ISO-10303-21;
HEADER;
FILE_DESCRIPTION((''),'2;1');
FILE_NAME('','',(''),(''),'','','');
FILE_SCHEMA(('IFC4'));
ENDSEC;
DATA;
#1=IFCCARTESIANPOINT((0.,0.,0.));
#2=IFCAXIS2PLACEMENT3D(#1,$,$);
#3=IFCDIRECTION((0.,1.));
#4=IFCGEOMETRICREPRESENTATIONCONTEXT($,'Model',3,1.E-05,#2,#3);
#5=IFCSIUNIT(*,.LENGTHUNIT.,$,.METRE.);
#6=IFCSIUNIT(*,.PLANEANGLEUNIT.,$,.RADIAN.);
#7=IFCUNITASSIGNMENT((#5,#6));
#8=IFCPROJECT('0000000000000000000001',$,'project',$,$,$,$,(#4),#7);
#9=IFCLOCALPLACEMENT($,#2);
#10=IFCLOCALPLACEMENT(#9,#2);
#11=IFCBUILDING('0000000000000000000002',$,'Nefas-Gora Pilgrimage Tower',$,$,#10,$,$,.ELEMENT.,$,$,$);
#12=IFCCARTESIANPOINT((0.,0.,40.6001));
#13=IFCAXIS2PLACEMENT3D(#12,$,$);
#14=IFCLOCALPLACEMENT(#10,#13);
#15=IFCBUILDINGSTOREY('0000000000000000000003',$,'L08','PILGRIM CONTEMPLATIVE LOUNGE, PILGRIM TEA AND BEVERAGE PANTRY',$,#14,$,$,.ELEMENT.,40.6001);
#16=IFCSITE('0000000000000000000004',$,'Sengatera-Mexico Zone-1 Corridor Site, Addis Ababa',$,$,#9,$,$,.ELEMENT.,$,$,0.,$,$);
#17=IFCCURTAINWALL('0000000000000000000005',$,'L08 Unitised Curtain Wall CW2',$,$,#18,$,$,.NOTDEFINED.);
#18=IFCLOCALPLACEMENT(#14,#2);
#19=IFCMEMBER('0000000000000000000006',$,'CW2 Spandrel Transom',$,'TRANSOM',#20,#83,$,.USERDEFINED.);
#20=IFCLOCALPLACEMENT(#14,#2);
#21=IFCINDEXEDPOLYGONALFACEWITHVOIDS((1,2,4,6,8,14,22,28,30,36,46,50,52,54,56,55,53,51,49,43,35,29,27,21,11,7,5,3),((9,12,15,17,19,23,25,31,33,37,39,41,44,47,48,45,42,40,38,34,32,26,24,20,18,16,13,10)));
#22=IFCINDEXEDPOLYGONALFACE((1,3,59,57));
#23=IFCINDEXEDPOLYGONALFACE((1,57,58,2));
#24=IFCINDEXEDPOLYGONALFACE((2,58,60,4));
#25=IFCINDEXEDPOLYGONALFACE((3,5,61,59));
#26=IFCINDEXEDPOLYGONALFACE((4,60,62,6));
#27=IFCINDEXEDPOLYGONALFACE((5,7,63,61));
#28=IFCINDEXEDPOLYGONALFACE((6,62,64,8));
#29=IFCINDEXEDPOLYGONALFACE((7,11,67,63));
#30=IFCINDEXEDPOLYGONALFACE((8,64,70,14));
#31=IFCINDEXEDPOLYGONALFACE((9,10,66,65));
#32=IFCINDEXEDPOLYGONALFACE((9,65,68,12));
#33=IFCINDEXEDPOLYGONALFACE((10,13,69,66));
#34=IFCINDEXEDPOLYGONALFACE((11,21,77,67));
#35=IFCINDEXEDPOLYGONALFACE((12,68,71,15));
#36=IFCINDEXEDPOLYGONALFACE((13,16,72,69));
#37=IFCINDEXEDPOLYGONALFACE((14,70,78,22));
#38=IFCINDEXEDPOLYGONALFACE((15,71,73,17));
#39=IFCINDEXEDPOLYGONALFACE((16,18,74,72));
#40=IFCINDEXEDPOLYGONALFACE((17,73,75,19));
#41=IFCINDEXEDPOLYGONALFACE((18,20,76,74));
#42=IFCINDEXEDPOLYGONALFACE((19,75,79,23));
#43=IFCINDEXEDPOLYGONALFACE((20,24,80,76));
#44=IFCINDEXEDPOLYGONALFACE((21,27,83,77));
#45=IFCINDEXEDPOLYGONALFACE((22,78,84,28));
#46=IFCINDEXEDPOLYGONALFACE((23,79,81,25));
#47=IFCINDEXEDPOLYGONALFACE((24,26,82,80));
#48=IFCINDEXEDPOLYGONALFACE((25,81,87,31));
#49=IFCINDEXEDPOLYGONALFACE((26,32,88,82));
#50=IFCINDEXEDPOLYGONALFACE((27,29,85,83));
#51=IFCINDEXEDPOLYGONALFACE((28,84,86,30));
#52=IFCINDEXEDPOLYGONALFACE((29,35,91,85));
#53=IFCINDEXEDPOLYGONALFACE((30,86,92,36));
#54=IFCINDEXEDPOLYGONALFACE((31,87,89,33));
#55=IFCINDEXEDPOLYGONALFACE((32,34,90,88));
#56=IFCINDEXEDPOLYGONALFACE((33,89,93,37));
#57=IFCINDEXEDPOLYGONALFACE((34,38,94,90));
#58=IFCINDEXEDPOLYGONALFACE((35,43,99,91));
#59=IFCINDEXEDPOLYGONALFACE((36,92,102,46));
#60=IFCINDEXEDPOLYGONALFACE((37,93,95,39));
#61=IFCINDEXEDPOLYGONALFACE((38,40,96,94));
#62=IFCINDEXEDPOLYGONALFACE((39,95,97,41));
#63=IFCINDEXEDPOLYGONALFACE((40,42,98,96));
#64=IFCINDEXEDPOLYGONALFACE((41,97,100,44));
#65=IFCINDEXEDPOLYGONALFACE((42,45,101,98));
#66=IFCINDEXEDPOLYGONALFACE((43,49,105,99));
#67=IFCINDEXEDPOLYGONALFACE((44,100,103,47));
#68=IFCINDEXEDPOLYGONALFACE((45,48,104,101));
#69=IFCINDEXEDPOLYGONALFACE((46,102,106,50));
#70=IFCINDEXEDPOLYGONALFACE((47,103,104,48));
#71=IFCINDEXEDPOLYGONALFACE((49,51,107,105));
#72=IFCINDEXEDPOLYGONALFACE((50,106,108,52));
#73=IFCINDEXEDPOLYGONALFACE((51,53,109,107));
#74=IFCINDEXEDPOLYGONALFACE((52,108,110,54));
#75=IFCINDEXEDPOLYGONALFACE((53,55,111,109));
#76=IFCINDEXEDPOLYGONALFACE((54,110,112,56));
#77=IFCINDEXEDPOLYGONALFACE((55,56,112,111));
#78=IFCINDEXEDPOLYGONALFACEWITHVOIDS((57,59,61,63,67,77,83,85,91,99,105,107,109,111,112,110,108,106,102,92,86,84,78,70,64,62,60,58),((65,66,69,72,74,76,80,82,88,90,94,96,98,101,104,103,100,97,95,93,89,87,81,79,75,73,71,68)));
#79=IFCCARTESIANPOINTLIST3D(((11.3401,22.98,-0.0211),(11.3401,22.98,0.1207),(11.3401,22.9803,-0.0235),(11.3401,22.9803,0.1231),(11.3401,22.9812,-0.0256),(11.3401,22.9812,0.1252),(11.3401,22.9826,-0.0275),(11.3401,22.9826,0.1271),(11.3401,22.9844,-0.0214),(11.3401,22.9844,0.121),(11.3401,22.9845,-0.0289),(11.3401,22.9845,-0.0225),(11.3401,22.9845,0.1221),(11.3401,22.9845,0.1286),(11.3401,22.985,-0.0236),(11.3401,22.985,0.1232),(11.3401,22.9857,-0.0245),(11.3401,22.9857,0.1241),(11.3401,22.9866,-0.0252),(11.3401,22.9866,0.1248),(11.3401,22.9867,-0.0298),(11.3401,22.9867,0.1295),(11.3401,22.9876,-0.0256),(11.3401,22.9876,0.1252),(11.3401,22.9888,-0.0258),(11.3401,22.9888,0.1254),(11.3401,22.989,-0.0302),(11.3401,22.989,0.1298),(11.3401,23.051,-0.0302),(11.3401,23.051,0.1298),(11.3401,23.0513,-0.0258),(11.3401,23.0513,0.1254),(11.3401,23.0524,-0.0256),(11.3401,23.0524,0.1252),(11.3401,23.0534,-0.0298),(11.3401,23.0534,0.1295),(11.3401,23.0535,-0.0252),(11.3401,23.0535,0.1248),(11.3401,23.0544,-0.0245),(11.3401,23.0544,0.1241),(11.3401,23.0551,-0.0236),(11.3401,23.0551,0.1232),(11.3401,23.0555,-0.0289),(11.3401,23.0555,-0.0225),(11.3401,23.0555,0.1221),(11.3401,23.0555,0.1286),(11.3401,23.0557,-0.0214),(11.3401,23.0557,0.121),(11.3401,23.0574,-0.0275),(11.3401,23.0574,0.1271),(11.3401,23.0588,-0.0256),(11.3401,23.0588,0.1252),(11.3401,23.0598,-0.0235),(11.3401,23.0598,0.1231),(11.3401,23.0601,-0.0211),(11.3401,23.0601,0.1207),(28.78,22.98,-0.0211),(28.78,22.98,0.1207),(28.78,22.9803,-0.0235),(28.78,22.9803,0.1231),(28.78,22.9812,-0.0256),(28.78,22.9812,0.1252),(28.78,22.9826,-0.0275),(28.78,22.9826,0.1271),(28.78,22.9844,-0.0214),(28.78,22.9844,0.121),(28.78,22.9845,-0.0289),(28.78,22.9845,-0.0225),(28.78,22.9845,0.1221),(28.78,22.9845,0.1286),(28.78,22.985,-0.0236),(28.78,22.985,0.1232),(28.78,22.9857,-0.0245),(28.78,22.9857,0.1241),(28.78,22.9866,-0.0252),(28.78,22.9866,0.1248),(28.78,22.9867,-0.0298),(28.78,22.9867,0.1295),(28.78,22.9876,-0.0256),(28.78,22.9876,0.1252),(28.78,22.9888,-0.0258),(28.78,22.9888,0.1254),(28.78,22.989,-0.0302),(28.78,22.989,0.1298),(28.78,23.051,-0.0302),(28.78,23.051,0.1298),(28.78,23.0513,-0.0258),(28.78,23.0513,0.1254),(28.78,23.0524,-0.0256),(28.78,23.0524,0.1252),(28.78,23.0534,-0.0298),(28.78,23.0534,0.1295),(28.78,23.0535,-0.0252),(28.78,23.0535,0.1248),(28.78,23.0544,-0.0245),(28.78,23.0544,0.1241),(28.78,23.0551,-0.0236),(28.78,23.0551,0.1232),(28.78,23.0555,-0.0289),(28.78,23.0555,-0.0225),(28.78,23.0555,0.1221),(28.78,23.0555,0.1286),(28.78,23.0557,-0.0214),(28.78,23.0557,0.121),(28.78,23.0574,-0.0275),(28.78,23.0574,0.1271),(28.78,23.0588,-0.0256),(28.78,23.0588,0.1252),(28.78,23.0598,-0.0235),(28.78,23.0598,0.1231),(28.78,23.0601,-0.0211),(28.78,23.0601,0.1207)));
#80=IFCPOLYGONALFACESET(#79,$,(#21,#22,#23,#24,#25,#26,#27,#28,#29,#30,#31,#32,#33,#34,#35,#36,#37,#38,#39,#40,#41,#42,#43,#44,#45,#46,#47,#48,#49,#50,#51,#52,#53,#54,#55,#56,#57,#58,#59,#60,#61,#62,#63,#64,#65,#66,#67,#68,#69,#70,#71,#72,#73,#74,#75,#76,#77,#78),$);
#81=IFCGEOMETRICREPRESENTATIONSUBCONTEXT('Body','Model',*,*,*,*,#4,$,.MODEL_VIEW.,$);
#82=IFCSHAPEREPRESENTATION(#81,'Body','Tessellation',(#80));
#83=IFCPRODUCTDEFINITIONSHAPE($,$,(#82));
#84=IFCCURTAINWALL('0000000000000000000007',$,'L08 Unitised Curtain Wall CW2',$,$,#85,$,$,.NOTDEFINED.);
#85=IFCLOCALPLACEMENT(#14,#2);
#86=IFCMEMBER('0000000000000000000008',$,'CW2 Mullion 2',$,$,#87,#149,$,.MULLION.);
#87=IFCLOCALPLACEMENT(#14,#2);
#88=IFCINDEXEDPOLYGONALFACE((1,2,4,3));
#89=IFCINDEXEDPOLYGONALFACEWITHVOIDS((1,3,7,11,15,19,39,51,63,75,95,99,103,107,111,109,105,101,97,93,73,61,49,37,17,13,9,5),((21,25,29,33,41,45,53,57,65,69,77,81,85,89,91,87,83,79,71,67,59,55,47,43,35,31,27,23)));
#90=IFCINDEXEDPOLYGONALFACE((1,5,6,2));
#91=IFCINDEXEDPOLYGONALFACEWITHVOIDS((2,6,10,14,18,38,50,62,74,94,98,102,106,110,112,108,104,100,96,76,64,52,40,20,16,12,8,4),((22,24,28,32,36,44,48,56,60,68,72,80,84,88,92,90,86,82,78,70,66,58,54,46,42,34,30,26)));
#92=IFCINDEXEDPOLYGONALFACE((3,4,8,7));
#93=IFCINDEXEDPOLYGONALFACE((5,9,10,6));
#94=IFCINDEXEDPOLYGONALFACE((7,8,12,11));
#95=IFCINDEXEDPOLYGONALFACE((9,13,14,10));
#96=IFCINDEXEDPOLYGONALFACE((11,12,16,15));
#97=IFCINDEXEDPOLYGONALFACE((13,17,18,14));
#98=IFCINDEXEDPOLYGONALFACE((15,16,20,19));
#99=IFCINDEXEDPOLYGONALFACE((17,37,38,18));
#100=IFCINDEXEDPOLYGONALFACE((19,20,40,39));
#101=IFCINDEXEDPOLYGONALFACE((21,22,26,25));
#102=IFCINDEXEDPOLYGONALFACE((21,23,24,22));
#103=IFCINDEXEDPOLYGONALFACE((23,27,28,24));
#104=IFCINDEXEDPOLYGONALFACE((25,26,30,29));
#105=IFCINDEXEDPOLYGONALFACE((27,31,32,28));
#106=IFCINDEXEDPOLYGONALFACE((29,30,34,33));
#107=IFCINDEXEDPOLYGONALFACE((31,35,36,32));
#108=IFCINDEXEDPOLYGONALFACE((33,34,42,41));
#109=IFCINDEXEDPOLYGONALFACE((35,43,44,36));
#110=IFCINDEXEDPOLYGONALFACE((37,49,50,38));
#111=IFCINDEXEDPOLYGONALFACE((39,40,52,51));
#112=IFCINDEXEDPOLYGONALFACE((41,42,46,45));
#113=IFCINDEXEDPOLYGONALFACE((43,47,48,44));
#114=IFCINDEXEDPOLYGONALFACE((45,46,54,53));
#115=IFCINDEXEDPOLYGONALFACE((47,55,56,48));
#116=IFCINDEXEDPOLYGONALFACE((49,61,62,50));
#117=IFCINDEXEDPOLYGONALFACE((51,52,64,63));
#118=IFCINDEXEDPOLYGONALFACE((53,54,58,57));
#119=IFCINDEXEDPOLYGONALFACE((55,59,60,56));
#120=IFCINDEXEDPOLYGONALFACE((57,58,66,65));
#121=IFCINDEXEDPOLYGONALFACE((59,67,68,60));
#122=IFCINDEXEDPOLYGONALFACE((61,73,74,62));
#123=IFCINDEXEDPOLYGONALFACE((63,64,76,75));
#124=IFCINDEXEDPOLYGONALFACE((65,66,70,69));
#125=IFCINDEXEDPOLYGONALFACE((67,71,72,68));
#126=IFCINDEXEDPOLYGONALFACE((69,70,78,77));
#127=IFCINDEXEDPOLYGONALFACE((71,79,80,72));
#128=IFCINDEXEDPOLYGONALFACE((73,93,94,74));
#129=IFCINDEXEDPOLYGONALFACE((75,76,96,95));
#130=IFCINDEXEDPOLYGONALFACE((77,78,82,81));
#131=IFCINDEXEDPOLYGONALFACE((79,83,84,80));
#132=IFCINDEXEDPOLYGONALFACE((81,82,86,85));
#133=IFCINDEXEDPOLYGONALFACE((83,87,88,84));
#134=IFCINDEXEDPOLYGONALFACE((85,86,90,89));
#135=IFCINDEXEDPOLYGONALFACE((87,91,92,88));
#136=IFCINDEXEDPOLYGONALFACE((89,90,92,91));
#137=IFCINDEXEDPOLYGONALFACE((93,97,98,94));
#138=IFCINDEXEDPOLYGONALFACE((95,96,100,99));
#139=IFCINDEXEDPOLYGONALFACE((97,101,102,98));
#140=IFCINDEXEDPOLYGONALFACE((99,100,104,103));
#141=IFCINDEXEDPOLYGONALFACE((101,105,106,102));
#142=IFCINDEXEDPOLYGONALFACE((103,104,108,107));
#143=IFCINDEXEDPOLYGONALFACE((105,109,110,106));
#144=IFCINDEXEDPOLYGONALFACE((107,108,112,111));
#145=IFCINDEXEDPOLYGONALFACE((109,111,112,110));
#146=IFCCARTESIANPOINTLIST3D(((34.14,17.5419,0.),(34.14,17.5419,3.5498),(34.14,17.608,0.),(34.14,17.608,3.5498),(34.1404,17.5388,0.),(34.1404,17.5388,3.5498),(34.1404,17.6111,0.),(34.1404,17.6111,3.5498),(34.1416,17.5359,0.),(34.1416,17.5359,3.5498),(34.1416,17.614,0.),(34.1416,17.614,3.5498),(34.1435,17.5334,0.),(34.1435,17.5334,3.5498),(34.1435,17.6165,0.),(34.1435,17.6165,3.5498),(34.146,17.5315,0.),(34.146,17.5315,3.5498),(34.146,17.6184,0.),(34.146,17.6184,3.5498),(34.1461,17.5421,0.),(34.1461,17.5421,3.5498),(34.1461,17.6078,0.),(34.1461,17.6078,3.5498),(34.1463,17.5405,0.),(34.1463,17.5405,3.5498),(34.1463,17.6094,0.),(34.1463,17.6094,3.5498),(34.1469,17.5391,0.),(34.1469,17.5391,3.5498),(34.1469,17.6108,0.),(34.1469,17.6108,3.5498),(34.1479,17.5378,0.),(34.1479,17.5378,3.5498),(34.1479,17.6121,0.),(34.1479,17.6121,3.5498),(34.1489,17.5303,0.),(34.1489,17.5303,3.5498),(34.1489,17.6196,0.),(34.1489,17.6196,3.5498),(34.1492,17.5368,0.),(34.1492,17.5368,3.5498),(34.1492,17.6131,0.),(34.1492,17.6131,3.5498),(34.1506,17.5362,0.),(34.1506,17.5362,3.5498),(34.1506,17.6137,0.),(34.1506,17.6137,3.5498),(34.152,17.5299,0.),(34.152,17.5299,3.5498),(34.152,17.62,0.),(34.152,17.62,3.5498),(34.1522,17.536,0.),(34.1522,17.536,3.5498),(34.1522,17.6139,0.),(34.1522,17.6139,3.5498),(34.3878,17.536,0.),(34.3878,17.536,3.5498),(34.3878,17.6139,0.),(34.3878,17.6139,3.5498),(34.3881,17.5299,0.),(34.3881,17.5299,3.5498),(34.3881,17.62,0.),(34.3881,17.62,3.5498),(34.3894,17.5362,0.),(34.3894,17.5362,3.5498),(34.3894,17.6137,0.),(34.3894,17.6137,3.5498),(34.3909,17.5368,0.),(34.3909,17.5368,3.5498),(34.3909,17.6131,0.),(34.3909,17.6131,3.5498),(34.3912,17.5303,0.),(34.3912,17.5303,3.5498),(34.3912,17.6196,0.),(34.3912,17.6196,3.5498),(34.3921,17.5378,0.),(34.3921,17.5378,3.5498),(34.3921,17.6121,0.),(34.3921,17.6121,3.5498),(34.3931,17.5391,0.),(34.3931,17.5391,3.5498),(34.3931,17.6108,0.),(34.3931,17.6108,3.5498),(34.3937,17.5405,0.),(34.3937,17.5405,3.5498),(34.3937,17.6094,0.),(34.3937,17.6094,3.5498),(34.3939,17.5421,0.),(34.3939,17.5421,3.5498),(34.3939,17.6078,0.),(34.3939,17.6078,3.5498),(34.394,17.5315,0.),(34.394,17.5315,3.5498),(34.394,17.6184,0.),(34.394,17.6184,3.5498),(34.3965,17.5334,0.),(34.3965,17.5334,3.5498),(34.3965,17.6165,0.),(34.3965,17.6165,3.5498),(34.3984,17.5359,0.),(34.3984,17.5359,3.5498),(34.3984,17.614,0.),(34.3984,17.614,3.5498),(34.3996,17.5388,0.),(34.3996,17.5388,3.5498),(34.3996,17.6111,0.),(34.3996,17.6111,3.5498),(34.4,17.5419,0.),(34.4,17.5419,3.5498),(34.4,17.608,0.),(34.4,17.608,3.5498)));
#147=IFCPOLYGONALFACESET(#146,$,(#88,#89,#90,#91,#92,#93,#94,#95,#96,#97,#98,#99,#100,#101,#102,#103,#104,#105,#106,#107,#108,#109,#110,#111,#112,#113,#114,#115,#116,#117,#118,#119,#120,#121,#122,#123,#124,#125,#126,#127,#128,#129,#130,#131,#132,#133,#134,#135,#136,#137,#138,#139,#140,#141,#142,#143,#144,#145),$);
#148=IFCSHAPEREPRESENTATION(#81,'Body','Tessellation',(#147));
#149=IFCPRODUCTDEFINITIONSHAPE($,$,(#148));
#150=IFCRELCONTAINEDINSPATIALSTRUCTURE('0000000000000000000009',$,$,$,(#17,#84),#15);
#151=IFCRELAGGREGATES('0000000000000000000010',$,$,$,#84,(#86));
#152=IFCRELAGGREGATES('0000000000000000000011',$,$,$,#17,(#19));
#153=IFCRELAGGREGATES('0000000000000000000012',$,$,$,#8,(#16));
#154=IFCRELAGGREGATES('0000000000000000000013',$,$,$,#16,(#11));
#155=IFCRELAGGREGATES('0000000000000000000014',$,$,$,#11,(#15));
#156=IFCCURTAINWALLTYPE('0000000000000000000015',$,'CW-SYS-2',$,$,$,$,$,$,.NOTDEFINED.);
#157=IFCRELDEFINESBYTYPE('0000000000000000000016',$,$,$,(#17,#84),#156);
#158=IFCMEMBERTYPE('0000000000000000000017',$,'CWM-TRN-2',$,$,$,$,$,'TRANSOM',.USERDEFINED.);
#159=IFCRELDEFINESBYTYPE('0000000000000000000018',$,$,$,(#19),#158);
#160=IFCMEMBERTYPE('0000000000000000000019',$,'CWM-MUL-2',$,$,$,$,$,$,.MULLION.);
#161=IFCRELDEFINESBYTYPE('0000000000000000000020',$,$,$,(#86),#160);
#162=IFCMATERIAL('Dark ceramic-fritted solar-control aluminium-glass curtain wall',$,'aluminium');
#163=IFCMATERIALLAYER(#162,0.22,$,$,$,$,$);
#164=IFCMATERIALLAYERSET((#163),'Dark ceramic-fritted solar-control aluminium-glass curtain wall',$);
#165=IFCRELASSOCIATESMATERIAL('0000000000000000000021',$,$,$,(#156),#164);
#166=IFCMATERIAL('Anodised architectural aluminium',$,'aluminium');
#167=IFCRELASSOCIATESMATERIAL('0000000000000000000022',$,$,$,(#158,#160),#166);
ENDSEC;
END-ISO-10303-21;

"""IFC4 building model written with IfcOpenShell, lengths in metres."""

from ifc_helpers import new_model, si_unit, direction, frame, origin, origin_2d, place, context, subcontext, project, spatial, hollow_rectangle, extrude, source, transform, mapped, material, layer, layer_set, material_profile, profile_set, type_object, element, aggregate, save


model = new_model("IFC4")

# Units and contexts
model_context = context("Model", 3, precision=1e-05, world=origin(), true_north=direction((0.0, 1.0)))
body_context = subcontext(model_context, "Body", "Model", "MODEL_VIEW")
ifc_project = project(units=[si_unit("LENGTHUNIT", "METRE"), si_unit("PLANEANGLEUNIT", "RADIAN")], contexts=[model_context])

# Site, building, storey
site_placement = place(None, origin())
site = spatial("IfcSite", under=ifc_project, at=site_placement, Name="Sengatera-Mexico Zone-1 Corridor Site, Addis Ababa", CompositionType="ELEMENT", RefElevation=0.0)
building_placement = place(site_placement, origin())
building = spatial("IfcBuilding", under=site, at=building_placement, Name="Nefas-Gora Pilgrimage Tower", CompositionType="ELEMENT")
storey_placement = place(building_placement, frame((0.0, 0.0, 40.6001)))
storey = spatial("IfcBuildingStorey", under=building, at=storey_placement, Name="L08", Description="PILGRIM CONTEMPLATIVE LOUNGE, PILGRIM TEA AND BEVERAGE PANTRY", CompositionType="ELEMENT", Elevation=40.6001)

# Curtain walls, members
ifc_material_1 = material(Name="Dark ceramic-fritted solar-control aluminium-glass curtain wall", Category="aluminium")
ifc_layer_1 = layer(ifc_material_1, 0.22)
ifc_layer_set_1 = layer_set([ifc_layer_1], Name="Dark ceramic-fritted solar-control aluminium-glass curtain wall")
curtain_wall_type = type_object("IfcCurtainWallType", Name="CW-SYS-2", PredefinedType="NOTDEFINED", material=ifc_layer_set_1)
curtain_wall_1_placement = place(storey_placement, origin())
curtain_wall_1 = element("IfcCurtainWall", 1, at=curtain_wall_1_placement, inside=storey, type_object=curtain_wall_type, Name="L08 Unitised Curtain Wall CW2", PredefinedType="NOTDEFINED")
ifc_material_2 = material(Name="Anodised architectural aluminium", Category="aluminium")
ifc_material_profile_1 = material_profile(ifc_material_2, hollow_rectangle(XDim=0.0801, YDim=0.1599, WallThickness=0.0044, InnerFilletRadius=0.0044, OuterFilletRadius=0.009, at=origin_2d()), Name="ALU TRANSOM 80x160")
ifc_profile_set_1 = profile_set([ifc_material_profile_1], Name="Anodised architectural aluminium")
member_type_1 = type_object("IfcMemberType", Name="CWM-TRN-2", ElementType="TRANSOM", PredefinedType="USERDEFINED", material=ifc_profile_set_1)
shared_shape_1 = source(origin(), body_context, "Body", "SweptSolid", [
    extrude(hollow_rectangle(XDim=0.0801, YDim=0.1599, WallThickness=0.0044, InnerFilletRadius=0.0044, OuterFilletRadius=0.009, at=origin_2d()), origin(), (0.0, 0.0, 1.0), 17.4399),
])
member_1_placement = place(storey_placement, frame((28.78, 23.02, 0.0498), z_axis=(-1.0, 0.0, 0.0), x_axis=(0.0, -1.0, 0.0)))
member_1 = element("IfcMember", 2, at=member_1_placement, type_object=member_type_1, Name="CW2 Spandrel Transom", ObjectType="TRANSOM", PredefinedType="USERDEFINED", context=body_context, shape_type="MappedRepresentation", body=[
    mapped(shared_shape_1, transform((0.0, 0.0, 0.0), x_axis=(1.0, 0.0, 0.0), y_axis=(0.0, 1.0, 0.0), z_axis=(0.0, 0.0, 1.0), scale=1.0)),
])
curtain_wall_2_placement = place(storey_placement, origin())
curtain_wall_2 = element("IfcCurtainWall", 3, at=curtain_wall_2_placement, inside=storey, type_object=curtain_wall_type, Name="L08 Unitised Curtain Wall CW2", PredefinedType="NOTDEFINED")
ifc_material_profile_2 = material_profile(ifc_material_2, hollow_rectangle(XDim=0.0901, YDim=0.26, WallThickness=0.0061, InnerFilletRadius=0.0061, OuterFilletRadius=0.012, at=origin_2d()), Name="ALU MULLION 90x260")
ifc_profile_set_2 = profile_set([ifc_material_profile_2], Name="Anodised architectural aluminium")
member_type_2 = type_object("IfcMemberType", Name="CWM-MUL-2", PredefinedType="MULLION", material=ifc_profile_set_2)
shared_shape_2 = source(origin(), body_context, "Body", "SweptSolid", [
    extrude(hollow_rectangle(XDim=0.0901, YDim=0.26, WallThickness=0.0061, InnerFilletRadius=0.0061, OuterFilletRadius=0.012, at=origin_2d()), origin(), (0.0, 0.0, 1.0), 3.5498),
])
member_2_placement = place(storey_placement, frame((34.27, 17.575, 0.0), z_axis=(0.0, 0.0, 1.0), x_axis=(0.0, 1.0, 0.0)))
member_2 = element("IfcMember", 4, at=member_2_placement, type_object=member_type_2, Name="CW2 Mullion 2", PredefinedType="MULLION", context=body_context, shape_type="MappedRepresentation", body=[
    mapped(shared_shape_2, transform((0.0, 0.0, 0.0), x_axis=(1.0, 0.0, 0.0), y_axis=(0.0, 1.0, 0.0), z_axis=(0.0, 0.0, 1.0), scale=1.0)),
])
aggregate(curtain_wall_2, [member_2])

aggregate(curtain_wall_1, [member_1])

save(model, "model.ifc")
